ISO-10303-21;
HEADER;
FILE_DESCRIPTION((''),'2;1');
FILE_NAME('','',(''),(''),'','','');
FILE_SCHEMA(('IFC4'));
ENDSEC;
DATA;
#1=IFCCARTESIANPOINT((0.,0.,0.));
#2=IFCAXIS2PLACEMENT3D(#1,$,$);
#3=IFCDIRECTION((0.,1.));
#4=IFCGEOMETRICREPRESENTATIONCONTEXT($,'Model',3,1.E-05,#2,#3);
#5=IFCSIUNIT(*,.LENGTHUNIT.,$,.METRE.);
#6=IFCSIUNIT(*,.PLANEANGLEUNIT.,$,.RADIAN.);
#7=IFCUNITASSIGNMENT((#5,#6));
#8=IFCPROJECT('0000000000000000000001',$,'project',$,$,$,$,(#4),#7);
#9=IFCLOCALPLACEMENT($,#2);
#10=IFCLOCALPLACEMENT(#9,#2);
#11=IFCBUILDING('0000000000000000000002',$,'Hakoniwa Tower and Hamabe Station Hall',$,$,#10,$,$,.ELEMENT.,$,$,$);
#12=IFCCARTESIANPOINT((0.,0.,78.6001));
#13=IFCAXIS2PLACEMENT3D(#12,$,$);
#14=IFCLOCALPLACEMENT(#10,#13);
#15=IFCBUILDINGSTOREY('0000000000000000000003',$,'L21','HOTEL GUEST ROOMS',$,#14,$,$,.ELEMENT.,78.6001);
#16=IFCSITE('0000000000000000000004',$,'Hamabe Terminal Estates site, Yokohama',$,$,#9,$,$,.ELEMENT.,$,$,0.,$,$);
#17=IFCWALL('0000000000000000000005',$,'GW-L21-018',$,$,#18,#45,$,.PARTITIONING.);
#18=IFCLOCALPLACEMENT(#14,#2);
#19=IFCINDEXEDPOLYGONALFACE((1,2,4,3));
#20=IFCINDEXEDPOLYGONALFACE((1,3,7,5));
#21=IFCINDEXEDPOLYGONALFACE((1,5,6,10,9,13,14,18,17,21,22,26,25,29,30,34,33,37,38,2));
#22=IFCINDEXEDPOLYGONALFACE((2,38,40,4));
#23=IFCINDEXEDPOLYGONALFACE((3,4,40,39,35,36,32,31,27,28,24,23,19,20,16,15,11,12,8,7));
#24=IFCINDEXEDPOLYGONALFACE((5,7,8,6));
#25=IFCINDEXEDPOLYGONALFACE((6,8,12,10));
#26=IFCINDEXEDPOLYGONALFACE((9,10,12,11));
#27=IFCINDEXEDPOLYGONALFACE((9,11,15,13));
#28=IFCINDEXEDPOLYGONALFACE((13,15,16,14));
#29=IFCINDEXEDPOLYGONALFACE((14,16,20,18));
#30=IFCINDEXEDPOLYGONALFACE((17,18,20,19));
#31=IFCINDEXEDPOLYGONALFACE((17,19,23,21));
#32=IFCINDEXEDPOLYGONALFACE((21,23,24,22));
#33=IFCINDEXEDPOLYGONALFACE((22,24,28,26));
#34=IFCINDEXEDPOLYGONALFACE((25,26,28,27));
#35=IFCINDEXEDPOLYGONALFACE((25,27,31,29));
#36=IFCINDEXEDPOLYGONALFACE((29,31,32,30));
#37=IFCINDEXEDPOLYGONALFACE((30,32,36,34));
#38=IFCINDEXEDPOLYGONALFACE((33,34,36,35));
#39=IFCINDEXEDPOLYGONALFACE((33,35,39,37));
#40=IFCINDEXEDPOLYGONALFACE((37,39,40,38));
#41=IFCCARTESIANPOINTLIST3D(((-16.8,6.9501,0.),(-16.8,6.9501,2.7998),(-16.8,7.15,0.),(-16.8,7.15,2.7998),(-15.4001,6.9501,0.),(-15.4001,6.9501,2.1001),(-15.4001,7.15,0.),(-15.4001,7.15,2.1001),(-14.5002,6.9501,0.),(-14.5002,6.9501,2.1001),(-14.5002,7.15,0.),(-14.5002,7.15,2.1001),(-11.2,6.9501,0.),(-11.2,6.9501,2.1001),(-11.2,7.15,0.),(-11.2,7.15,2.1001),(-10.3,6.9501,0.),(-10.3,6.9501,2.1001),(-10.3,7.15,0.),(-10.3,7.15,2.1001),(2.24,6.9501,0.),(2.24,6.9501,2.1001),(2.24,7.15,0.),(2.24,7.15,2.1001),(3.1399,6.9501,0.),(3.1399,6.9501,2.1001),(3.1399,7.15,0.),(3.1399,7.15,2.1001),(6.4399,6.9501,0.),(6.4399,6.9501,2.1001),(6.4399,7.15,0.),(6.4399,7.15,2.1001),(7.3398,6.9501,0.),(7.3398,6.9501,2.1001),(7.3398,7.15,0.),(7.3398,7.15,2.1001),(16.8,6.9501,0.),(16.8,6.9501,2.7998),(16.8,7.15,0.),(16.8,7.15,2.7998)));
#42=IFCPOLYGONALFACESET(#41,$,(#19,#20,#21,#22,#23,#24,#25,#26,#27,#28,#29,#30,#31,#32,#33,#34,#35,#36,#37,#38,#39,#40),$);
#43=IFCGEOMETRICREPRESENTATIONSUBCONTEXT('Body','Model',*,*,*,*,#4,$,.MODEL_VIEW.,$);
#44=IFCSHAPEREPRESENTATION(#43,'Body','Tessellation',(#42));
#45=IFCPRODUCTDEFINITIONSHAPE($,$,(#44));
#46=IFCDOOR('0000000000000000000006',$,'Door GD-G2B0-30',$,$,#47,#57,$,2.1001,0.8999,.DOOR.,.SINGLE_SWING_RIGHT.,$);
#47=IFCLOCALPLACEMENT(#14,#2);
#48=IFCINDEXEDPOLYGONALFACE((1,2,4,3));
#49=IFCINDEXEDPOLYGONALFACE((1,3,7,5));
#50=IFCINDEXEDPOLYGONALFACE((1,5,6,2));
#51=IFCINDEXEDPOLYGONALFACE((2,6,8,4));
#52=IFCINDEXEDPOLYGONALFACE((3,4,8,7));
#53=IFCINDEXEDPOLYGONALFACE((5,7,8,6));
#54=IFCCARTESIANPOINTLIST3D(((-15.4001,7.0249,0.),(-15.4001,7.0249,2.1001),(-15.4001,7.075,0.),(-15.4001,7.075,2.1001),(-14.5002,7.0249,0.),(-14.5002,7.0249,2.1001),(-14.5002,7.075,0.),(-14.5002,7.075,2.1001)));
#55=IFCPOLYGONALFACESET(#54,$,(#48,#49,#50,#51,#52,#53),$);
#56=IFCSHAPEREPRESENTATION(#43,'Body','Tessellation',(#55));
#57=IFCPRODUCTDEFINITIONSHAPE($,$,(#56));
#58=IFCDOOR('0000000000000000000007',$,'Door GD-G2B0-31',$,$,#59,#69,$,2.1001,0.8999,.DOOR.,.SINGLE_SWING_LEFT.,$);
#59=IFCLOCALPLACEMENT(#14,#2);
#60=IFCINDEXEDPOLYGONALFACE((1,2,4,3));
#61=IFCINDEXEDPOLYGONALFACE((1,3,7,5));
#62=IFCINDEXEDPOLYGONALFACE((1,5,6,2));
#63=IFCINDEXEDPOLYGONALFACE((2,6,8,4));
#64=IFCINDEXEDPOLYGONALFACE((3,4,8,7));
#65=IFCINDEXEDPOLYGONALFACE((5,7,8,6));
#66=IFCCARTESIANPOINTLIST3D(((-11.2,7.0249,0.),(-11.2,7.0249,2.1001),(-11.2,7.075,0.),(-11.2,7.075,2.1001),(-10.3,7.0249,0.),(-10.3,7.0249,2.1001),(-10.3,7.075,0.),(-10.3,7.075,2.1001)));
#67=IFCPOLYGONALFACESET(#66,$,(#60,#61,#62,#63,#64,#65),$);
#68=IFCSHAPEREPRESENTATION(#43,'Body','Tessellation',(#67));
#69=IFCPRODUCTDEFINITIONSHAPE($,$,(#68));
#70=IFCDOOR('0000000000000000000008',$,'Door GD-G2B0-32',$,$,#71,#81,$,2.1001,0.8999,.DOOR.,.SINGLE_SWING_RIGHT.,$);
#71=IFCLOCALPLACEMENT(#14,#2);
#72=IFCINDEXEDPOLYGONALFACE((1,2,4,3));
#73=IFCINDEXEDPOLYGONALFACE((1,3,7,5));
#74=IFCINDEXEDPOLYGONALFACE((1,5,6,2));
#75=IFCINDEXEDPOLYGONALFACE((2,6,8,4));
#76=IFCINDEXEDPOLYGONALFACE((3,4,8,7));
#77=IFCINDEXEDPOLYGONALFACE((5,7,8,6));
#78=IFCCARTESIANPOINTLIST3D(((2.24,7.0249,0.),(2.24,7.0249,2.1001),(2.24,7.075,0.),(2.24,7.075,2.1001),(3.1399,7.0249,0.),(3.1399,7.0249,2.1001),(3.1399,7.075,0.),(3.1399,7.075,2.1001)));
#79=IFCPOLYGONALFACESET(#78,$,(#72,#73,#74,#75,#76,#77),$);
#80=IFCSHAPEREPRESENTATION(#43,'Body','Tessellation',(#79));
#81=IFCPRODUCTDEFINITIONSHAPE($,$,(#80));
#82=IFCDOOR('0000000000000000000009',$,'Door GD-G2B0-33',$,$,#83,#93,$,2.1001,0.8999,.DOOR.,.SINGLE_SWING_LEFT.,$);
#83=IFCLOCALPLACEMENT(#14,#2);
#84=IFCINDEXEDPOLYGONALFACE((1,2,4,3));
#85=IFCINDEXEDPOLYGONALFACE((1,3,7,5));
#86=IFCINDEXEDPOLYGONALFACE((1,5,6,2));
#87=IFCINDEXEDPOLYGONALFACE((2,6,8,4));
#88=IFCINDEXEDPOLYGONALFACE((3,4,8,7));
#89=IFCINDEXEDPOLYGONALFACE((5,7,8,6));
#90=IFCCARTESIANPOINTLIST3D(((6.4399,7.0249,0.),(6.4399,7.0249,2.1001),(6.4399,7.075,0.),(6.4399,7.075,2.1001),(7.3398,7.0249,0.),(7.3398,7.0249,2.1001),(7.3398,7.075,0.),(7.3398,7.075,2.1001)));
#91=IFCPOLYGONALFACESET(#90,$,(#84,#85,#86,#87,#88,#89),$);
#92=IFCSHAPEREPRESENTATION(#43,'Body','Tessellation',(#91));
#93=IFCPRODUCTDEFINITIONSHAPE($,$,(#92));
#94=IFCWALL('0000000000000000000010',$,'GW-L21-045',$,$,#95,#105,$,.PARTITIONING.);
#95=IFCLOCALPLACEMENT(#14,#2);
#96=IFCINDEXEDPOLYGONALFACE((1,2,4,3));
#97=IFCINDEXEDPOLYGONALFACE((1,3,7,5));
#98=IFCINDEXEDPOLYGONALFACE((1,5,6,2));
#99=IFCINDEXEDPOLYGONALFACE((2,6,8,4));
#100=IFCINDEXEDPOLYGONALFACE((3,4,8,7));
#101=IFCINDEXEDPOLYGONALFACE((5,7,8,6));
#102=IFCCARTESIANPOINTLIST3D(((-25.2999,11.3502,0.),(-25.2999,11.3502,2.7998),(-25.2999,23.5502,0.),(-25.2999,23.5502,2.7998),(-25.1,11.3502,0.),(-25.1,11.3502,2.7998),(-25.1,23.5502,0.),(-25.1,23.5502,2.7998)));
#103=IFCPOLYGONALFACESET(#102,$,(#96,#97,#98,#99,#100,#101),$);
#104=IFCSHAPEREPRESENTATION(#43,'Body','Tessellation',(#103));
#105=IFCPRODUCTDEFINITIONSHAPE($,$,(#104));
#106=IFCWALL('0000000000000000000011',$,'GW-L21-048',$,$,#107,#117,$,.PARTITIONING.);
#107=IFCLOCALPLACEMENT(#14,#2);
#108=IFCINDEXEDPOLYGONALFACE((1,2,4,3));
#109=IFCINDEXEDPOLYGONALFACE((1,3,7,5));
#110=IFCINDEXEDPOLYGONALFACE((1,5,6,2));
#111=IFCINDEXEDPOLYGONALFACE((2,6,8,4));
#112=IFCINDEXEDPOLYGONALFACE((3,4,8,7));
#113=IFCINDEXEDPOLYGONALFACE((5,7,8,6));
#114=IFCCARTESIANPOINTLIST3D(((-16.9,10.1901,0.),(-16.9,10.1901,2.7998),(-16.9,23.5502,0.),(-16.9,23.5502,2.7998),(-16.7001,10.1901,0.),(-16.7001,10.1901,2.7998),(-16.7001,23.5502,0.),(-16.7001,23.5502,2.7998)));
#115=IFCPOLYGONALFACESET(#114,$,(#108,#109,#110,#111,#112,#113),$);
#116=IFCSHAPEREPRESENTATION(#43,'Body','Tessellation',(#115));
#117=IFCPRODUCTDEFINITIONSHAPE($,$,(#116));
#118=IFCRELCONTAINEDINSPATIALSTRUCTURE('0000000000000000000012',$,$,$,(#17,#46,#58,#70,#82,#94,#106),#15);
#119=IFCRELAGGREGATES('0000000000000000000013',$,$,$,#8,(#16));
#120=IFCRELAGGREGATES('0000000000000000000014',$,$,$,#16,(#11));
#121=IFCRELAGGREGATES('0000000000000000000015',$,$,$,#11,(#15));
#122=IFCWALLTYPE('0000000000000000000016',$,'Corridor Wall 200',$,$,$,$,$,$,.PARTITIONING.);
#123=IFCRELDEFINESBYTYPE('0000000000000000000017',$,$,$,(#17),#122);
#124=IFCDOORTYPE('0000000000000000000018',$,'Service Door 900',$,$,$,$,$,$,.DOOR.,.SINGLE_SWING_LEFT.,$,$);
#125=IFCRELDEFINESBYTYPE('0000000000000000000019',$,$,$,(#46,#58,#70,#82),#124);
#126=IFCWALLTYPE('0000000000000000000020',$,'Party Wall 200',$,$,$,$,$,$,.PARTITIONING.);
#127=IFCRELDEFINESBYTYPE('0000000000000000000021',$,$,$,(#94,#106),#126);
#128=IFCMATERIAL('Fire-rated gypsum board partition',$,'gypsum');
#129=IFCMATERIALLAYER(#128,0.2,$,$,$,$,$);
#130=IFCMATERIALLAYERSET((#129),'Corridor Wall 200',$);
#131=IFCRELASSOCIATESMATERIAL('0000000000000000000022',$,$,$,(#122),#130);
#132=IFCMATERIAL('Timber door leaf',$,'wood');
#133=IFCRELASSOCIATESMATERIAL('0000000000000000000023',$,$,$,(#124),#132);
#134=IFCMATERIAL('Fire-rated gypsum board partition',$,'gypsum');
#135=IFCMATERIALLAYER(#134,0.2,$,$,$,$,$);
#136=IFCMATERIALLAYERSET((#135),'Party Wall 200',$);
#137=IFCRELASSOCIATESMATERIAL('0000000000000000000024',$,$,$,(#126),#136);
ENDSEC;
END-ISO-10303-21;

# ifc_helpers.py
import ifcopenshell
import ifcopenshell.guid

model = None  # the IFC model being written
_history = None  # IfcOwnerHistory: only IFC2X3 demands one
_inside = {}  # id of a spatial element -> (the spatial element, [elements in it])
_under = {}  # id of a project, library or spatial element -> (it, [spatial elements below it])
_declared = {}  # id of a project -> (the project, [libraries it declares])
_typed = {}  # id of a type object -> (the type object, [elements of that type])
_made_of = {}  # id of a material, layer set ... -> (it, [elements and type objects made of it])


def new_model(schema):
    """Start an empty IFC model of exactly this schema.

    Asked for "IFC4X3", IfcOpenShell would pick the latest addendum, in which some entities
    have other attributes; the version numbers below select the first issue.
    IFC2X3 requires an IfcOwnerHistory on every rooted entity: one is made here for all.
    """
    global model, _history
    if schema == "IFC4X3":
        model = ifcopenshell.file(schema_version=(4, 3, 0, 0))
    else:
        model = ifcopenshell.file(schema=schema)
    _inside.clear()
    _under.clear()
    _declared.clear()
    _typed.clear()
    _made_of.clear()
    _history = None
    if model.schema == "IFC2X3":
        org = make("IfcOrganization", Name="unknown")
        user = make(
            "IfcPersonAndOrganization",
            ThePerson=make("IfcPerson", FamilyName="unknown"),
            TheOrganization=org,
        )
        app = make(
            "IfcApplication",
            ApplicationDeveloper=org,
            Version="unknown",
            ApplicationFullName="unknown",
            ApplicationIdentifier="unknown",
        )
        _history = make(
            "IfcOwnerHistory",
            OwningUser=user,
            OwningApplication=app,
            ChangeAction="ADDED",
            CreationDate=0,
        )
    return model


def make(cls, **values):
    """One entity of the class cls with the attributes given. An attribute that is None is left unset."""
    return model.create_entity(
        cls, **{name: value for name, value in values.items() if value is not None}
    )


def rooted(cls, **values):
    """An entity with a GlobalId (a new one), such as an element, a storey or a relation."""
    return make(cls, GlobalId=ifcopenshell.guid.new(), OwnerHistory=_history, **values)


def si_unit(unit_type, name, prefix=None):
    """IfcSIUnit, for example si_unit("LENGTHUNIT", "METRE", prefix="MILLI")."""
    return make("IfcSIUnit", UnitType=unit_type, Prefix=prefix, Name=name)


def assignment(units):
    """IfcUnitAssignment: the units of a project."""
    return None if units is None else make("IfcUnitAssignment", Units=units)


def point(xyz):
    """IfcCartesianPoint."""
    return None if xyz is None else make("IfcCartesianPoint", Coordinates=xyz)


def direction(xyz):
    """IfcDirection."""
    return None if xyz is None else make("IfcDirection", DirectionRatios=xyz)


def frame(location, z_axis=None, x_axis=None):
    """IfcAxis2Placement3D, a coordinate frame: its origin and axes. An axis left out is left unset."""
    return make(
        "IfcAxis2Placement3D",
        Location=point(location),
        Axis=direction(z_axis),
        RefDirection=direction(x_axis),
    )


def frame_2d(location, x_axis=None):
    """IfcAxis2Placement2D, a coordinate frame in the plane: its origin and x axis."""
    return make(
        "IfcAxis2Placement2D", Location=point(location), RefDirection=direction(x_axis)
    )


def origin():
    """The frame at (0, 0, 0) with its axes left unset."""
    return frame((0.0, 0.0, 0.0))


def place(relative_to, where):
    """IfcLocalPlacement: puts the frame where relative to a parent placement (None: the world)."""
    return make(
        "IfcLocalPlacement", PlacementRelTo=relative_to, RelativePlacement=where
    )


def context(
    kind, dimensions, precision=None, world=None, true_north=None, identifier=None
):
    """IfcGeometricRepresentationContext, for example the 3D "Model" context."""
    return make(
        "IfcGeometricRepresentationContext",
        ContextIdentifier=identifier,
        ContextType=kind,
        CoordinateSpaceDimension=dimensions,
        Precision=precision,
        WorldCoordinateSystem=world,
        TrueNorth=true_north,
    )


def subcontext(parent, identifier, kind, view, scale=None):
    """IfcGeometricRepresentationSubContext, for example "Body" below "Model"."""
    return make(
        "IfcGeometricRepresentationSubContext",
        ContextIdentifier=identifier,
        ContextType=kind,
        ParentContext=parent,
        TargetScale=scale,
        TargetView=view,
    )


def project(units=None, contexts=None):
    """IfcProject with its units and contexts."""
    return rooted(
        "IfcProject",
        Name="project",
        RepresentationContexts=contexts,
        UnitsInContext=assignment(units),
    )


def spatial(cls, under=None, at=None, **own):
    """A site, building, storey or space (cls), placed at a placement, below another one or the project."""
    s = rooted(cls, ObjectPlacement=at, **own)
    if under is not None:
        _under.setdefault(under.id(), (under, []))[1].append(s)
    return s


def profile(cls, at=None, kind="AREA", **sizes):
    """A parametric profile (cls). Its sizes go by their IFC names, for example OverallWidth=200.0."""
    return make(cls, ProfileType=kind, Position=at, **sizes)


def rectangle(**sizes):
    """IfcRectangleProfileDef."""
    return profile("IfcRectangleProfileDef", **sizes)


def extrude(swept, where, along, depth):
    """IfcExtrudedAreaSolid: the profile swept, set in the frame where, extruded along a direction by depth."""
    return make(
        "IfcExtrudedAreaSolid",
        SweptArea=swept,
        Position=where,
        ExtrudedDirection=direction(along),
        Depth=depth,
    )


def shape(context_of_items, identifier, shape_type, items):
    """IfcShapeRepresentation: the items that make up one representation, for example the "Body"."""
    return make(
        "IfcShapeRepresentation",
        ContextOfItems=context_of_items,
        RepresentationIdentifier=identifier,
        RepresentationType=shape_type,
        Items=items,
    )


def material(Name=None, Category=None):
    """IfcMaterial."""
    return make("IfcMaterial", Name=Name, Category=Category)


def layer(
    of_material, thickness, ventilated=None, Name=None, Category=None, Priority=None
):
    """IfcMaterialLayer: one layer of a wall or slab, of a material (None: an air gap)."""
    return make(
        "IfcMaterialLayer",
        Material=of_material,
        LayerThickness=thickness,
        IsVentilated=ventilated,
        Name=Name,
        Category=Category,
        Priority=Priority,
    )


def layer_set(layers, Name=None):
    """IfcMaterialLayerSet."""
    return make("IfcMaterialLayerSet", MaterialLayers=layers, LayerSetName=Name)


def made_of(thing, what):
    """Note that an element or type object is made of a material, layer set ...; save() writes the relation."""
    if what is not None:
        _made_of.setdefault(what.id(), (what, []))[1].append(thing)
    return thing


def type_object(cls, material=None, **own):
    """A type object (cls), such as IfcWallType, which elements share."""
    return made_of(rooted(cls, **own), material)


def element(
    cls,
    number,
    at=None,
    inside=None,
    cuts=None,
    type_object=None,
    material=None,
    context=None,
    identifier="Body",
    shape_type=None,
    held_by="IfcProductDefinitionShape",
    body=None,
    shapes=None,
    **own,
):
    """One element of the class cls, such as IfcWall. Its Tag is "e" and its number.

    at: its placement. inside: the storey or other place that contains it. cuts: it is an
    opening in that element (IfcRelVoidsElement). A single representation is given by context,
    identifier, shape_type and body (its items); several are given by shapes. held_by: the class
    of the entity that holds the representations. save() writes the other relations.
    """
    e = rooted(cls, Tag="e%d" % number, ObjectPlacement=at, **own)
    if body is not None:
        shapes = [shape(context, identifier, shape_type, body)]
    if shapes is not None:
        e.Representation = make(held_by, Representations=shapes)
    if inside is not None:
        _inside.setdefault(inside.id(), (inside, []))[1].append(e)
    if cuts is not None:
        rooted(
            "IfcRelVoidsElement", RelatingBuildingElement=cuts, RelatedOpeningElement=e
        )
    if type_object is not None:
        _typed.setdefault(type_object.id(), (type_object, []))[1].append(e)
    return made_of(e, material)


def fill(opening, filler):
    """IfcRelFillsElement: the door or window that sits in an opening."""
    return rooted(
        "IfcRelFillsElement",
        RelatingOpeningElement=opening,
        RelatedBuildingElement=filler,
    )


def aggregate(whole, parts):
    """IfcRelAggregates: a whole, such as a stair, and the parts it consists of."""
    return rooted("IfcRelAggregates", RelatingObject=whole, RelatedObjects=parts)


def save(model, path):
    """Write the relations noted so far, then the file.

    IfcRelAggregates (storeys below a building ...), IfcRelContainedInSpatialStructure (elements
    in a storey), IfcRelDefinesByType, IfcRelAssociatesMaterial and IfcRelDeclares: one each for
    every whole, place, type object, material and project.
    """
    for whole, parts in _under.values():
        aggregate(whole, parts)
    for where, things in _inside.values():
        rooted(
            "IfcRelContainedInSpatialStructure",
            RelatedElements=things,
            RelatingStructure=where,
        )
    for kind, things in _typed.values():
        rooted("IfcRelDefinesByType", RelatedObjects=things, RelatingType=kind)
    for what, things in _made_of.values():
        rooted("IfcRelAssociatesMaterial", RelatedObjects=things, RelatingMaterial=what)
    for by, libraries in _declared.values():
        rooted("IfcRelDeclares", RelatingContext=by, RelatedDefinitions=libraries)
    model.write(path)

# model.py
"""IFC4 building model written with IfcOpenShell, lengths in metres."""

from ifc_helpers import new_model, si_unit, direction, frame, frame_2d, origin, place, context, subcontext, project, spatial, rectangle, extrude, material, layer, layer_set, type_object, element, fill, save


model = new_model("IFC4")

# Units and contexts
model_context = context("Model", 3, precision=1e-05, world=origin(), true_north=direction((0.0, 1.0)))
body_context = subcontext(model_context, "Body", "Model", "MODEL_VIEW")
ifc_project = project(units=[si_unit("LENGTHUNIT", "METRE"), si_unit("PLANEANGLEUNIT", "RADIAN")], contexts=[model_context])

# Site, building, storey
site_placement = place(None, origin())
site = spatial("IfcSite", under=ifc_project, at=site_placement, Name="Hamabe Terminal Estates site, Yokohama", CompositionType="ELEMENT", RefElevation=0.0)
building_placement = place(site_placement, origin())
building = spatial("IfcBuilding", under=site, at=building_placement, Name="Hakoniwa Tower and Hamabe Station Hall", CompositionType="ELEMENT")
storey_placement = place(building_placement, frame((0.0, 0.0, 78.6001)))
storey = spatial("IfcBuildingStorey", under=building, at=storey_placement, Name="L21", Description="HOTEL GUEST ROOMS", CompositionType="ELEMENT", Elevation=78.6001)

# Wall, openings, doors
ifc_material_1 = material(Name="Fire-rated gypsum board partition", Category="gypsum")
ifc_layer_1 = layer(ifc_material_1, 0.2)
ifc_layer_set_1 = layer_set([ifc_layer_1], Name="Corridor Wall 200")
wall_type_1 = type_object("IfcWallType", Name="Corridor Wall 200", PredefinedType="PARTITIONING", material=ifc_layer_set_1)
ifc_material_2 = material(Name="Timber door leaf", Category="wood")
door_type_1 = type_object("IfcDoorType", Name="Service Door 900", OperationType="SINGLE_SWING_LEFT", PredefinedType="DOOR", material=ifc_material_2)
wall_1_placement = place(storey_placement, frame((-16.8, 7.05, 0.0), z_axis=(0.0, 0.0, 1.0), x_axis=(1.0, 0.0, 0.0)))
wall_1 = element("IfcWall", 1, at=wall_1_placement, inside=storey, type_object=wall_type_1, Name="GW-L21-018", PredefinedType="PARTITIONING", context=body_context, shape_type="SweptSolid", body=[
    extrude(rectangle(XDim=33.6001, YDim=0.2, at=frame_2d((16.8, 0.0))), origin(), (0.0, 0.0, 1.0), 2.7998),
])
opening_1_placement = place(wall_1_placement, frame((1.3999, 0.0, 0.0)))
opening_1 = element("IfcOpeningElement", 2, at=opening_1_placement, cuts=wall_1, PredefinedType="OPENING", context=body_context, shape_type="SweptSolid", body=[
    extrude(rectangle(XDim=0.8999, YDim=2.1001, at=frame_2d((0.45, 1.05))), frame((0.0, 0.1099, 0.0), z_axis=(0.0, -1.0, 0.0), x_axis=(1.0, 0.0, 0.0)), (0.0, 0.0, 1.0), 0.22),
])
opening_2_placement = place(wall_1_placement, frame((5.6001, 0.0, 0.0)))
opening_2 = element("IfcOpeningElement", 3, at=opening_2_placement, cuts=wall_1, PredefinedType="OPENING", context=body_context, shape_type="SweptSolid", body=[
    extrude(rectangle(XDim=0.8999, YDim=2.1001, at=frame_2d((0.45, 1.05))), frame((0.0, 0.1099, 0.0), z_axis=(0.0, -1.0, 0.0), x_axis=(1.0, 0.0, 0.0)), (0.0, 0.0, 1.0), 0.22),
])
opening_3_placement = place(wall_1_placement, frame((19.04, 0.0, 0.0)))
opening_3 = element("IfcOpeningElement", 4, at=opening_3_placement, cuts=wall_1, PredefinedType="OPENING", context=body_context, shape_type="SweptSolid", body=[
    extrude(rectangle(XDim=0.8999, YDim=2.1001, at=frame_2d((0.45, 1.05))), frame((0.0, 0.1099, 0.0), z_axis=(0.0, -1.0, 0.0), x_axis=(1.0, 0.0, 0.0)), (0.0, 0.0, 1.0), 0.22),
])
opening_4_placement = place(wall_1_placement, frame((23.24, 0.0, 0.0)))
opening_4 = element("IfcOpeningElement", 5, at=opening_4_placement, cuts=wall_1, PredefinedType="OPENING", context=body_context, shape_type="SweptSolid", body=[
    extrude(rectangle(XDim=0.8999, YDim=2.1001, at=frame_2d((0.45, 1.05))), frame((0.0, 0.1099, 0.0), z_axis=(0.0, -1.0, 0.0), x_axis=(1.0, 0.0, 0.0)), (0.0, 0.0, 1.0), 0.22),
])
door_1_placement = place(opening_1_placement, origin())
door_1 = element("IfcDoor", 6, at=door_1_placement, inside=storey, type_object=door_type_1, Name="Door GD-G2B0-30", OperationType="SINGLE_SWING_RIGHT", OverallHeight=2.1001, OverallWidth=0.8999, PredefinedType="DOOR", context=body_context, shape_type="SweptSolid", body=[
    extrude(rectangle(XDim=0.8999, YDim=2.1001, at=frame_2d((0.45, 1.05))), frame((0.0, 0.0249, 0.0), z_axis=(0.0, -1.0, 0.0), x_axis=(1.0, 0.0, 0.0)), (0.0, 0.0, 1.0), 0.05),
])
fill(opening_1, door_1)
door_2_placement = place(opening_2_placement, origin())
door_2 = element("IfcDoor", 7, at=door_2_placement, inside=storey, type_object=door_type_1, Name="Door GD-G2B0-31", OperationType="SINGLE_SWING_LEFT", OverallHeight=2.1001, OverallWidth=0.8999, PredefinedType="DOOR", context=body_context, shape_type="SweptSolid", body=[
    extrude(rectangle(XDim=0.8999, YDim=2.1001, at=frame_2d((0.45, 1.05))), frame((0.0, 0.0249, 0.0), z_axis=(0.0, -1.0, 0.0), x_axis=(1.0, 0.0, 0.0)), (0.0, 0.0, 1.0), 0.05),
])
fill(opening_2, door_2)
door_3_placement = place(opening_3_placement, origin())
door_3 = element("IfcDoor", 8, at=door_3_placement, inside=storey, type_object=door_type_1, Name="Door GD-G2B0-32", OperationType="SINGLE_SWING_RIGHT", OverallHeight=2.1001, OverallWidth=0.8999, PredefinedType="DOOR", context=body_context, shape_type="SweptSolid", body=[
    extrude(rectangle(XDim=0.8999, YDim=2.1001, at=frame_2d((0.45, 1.05))), frame((0.0, 0.0249, 0.0), z_axis=(0.0, -1.0, 0.0), x_axis=(1.0, 0.0, 0.0)), (0.0, 0.0, 1.0), 0.05),
])
fill(opening_3, door_3)
door_4_placement = place(opening_4_placement, origin())
door_4 = element("IfcDoor", 9, at=door_4_placement, inside=storey, type_object=door_type_1, Name="Door GD-G2B0-33", OperationType="SINGLE_SWING_LEFT", OverallHeight=2.1001, OverallWidth=0.8999, PredefinedType="DOOR", context=body_context, shape_type="SweptSolid", body=[
    extrude(rectangle(XDim=0.8999, YDim=2.1001, at=frame_2d((0.45, 1.05))), frame((0.0, 0.0249, 0.0), z_axis=(0.0, -1.0, 0.0), x_axis=(1.0, 0.0, 0.0)), (0.0, 0.0, 1.0), 0.05),
])
fill(opening_4, door_4)

# Walls
ifc_material_3 = material(Name="Fire-rated gypsum board partition", Category="gypsum")
ifc_layer_2 = layer(ifc_material_3, 0.2)
ifc_layer_set_2 = layer_set([ifc_layer_2], Name="Party Wall 200")
wall_type_2 = type_object("IfcWallType", Name="Party Wall 200", PredefinedType="PARTITIONING", material=ifc_layer_set_2)
wall_2_placement = place(storey_placement, frame((-25.2, 11.3501, 0.0), z_axis=(0.0, 0.0, 1.0), x_axis=(0.0, 1.0, 0.0)))
element("IfcWall", 10, at=wall_2_placement, inside=storey, type_object=wall_type_2, Name="GW-L21-045", PredefinedType="PARTITIONING", context=body_context, shape_type="SweptSolid", body=[
    extrude(rectangle(XDim=12.2, YDim=0.2, at=frame_2d((6.1001, 0.0))), origin(), (0.0, 0.0, 1.0), 2.7998),
])
wall_3_placement = place(storey_placement, frame((-16.8, 10.1899, 0.0), z_axis=(0.0, 0.0, 1.0), x_axis=(0.0, 1.0, 0.0)))
element("IfcWall", 11, at=wall_3_placement, inside=storey, type_object=wall_type_2, Name="GW-L21-048", PredefinedType="PARTITIONING", context=body_context, shape_type="SweptSolid", body=[
    extrude(rectangle(XDim=13.3601, YDim=0.2, at=frame_2d((6.6802, 0.0))), origin(), (0.0, 0.0, 1.0), 2.7998),
])

save(model, "model.ifc")
